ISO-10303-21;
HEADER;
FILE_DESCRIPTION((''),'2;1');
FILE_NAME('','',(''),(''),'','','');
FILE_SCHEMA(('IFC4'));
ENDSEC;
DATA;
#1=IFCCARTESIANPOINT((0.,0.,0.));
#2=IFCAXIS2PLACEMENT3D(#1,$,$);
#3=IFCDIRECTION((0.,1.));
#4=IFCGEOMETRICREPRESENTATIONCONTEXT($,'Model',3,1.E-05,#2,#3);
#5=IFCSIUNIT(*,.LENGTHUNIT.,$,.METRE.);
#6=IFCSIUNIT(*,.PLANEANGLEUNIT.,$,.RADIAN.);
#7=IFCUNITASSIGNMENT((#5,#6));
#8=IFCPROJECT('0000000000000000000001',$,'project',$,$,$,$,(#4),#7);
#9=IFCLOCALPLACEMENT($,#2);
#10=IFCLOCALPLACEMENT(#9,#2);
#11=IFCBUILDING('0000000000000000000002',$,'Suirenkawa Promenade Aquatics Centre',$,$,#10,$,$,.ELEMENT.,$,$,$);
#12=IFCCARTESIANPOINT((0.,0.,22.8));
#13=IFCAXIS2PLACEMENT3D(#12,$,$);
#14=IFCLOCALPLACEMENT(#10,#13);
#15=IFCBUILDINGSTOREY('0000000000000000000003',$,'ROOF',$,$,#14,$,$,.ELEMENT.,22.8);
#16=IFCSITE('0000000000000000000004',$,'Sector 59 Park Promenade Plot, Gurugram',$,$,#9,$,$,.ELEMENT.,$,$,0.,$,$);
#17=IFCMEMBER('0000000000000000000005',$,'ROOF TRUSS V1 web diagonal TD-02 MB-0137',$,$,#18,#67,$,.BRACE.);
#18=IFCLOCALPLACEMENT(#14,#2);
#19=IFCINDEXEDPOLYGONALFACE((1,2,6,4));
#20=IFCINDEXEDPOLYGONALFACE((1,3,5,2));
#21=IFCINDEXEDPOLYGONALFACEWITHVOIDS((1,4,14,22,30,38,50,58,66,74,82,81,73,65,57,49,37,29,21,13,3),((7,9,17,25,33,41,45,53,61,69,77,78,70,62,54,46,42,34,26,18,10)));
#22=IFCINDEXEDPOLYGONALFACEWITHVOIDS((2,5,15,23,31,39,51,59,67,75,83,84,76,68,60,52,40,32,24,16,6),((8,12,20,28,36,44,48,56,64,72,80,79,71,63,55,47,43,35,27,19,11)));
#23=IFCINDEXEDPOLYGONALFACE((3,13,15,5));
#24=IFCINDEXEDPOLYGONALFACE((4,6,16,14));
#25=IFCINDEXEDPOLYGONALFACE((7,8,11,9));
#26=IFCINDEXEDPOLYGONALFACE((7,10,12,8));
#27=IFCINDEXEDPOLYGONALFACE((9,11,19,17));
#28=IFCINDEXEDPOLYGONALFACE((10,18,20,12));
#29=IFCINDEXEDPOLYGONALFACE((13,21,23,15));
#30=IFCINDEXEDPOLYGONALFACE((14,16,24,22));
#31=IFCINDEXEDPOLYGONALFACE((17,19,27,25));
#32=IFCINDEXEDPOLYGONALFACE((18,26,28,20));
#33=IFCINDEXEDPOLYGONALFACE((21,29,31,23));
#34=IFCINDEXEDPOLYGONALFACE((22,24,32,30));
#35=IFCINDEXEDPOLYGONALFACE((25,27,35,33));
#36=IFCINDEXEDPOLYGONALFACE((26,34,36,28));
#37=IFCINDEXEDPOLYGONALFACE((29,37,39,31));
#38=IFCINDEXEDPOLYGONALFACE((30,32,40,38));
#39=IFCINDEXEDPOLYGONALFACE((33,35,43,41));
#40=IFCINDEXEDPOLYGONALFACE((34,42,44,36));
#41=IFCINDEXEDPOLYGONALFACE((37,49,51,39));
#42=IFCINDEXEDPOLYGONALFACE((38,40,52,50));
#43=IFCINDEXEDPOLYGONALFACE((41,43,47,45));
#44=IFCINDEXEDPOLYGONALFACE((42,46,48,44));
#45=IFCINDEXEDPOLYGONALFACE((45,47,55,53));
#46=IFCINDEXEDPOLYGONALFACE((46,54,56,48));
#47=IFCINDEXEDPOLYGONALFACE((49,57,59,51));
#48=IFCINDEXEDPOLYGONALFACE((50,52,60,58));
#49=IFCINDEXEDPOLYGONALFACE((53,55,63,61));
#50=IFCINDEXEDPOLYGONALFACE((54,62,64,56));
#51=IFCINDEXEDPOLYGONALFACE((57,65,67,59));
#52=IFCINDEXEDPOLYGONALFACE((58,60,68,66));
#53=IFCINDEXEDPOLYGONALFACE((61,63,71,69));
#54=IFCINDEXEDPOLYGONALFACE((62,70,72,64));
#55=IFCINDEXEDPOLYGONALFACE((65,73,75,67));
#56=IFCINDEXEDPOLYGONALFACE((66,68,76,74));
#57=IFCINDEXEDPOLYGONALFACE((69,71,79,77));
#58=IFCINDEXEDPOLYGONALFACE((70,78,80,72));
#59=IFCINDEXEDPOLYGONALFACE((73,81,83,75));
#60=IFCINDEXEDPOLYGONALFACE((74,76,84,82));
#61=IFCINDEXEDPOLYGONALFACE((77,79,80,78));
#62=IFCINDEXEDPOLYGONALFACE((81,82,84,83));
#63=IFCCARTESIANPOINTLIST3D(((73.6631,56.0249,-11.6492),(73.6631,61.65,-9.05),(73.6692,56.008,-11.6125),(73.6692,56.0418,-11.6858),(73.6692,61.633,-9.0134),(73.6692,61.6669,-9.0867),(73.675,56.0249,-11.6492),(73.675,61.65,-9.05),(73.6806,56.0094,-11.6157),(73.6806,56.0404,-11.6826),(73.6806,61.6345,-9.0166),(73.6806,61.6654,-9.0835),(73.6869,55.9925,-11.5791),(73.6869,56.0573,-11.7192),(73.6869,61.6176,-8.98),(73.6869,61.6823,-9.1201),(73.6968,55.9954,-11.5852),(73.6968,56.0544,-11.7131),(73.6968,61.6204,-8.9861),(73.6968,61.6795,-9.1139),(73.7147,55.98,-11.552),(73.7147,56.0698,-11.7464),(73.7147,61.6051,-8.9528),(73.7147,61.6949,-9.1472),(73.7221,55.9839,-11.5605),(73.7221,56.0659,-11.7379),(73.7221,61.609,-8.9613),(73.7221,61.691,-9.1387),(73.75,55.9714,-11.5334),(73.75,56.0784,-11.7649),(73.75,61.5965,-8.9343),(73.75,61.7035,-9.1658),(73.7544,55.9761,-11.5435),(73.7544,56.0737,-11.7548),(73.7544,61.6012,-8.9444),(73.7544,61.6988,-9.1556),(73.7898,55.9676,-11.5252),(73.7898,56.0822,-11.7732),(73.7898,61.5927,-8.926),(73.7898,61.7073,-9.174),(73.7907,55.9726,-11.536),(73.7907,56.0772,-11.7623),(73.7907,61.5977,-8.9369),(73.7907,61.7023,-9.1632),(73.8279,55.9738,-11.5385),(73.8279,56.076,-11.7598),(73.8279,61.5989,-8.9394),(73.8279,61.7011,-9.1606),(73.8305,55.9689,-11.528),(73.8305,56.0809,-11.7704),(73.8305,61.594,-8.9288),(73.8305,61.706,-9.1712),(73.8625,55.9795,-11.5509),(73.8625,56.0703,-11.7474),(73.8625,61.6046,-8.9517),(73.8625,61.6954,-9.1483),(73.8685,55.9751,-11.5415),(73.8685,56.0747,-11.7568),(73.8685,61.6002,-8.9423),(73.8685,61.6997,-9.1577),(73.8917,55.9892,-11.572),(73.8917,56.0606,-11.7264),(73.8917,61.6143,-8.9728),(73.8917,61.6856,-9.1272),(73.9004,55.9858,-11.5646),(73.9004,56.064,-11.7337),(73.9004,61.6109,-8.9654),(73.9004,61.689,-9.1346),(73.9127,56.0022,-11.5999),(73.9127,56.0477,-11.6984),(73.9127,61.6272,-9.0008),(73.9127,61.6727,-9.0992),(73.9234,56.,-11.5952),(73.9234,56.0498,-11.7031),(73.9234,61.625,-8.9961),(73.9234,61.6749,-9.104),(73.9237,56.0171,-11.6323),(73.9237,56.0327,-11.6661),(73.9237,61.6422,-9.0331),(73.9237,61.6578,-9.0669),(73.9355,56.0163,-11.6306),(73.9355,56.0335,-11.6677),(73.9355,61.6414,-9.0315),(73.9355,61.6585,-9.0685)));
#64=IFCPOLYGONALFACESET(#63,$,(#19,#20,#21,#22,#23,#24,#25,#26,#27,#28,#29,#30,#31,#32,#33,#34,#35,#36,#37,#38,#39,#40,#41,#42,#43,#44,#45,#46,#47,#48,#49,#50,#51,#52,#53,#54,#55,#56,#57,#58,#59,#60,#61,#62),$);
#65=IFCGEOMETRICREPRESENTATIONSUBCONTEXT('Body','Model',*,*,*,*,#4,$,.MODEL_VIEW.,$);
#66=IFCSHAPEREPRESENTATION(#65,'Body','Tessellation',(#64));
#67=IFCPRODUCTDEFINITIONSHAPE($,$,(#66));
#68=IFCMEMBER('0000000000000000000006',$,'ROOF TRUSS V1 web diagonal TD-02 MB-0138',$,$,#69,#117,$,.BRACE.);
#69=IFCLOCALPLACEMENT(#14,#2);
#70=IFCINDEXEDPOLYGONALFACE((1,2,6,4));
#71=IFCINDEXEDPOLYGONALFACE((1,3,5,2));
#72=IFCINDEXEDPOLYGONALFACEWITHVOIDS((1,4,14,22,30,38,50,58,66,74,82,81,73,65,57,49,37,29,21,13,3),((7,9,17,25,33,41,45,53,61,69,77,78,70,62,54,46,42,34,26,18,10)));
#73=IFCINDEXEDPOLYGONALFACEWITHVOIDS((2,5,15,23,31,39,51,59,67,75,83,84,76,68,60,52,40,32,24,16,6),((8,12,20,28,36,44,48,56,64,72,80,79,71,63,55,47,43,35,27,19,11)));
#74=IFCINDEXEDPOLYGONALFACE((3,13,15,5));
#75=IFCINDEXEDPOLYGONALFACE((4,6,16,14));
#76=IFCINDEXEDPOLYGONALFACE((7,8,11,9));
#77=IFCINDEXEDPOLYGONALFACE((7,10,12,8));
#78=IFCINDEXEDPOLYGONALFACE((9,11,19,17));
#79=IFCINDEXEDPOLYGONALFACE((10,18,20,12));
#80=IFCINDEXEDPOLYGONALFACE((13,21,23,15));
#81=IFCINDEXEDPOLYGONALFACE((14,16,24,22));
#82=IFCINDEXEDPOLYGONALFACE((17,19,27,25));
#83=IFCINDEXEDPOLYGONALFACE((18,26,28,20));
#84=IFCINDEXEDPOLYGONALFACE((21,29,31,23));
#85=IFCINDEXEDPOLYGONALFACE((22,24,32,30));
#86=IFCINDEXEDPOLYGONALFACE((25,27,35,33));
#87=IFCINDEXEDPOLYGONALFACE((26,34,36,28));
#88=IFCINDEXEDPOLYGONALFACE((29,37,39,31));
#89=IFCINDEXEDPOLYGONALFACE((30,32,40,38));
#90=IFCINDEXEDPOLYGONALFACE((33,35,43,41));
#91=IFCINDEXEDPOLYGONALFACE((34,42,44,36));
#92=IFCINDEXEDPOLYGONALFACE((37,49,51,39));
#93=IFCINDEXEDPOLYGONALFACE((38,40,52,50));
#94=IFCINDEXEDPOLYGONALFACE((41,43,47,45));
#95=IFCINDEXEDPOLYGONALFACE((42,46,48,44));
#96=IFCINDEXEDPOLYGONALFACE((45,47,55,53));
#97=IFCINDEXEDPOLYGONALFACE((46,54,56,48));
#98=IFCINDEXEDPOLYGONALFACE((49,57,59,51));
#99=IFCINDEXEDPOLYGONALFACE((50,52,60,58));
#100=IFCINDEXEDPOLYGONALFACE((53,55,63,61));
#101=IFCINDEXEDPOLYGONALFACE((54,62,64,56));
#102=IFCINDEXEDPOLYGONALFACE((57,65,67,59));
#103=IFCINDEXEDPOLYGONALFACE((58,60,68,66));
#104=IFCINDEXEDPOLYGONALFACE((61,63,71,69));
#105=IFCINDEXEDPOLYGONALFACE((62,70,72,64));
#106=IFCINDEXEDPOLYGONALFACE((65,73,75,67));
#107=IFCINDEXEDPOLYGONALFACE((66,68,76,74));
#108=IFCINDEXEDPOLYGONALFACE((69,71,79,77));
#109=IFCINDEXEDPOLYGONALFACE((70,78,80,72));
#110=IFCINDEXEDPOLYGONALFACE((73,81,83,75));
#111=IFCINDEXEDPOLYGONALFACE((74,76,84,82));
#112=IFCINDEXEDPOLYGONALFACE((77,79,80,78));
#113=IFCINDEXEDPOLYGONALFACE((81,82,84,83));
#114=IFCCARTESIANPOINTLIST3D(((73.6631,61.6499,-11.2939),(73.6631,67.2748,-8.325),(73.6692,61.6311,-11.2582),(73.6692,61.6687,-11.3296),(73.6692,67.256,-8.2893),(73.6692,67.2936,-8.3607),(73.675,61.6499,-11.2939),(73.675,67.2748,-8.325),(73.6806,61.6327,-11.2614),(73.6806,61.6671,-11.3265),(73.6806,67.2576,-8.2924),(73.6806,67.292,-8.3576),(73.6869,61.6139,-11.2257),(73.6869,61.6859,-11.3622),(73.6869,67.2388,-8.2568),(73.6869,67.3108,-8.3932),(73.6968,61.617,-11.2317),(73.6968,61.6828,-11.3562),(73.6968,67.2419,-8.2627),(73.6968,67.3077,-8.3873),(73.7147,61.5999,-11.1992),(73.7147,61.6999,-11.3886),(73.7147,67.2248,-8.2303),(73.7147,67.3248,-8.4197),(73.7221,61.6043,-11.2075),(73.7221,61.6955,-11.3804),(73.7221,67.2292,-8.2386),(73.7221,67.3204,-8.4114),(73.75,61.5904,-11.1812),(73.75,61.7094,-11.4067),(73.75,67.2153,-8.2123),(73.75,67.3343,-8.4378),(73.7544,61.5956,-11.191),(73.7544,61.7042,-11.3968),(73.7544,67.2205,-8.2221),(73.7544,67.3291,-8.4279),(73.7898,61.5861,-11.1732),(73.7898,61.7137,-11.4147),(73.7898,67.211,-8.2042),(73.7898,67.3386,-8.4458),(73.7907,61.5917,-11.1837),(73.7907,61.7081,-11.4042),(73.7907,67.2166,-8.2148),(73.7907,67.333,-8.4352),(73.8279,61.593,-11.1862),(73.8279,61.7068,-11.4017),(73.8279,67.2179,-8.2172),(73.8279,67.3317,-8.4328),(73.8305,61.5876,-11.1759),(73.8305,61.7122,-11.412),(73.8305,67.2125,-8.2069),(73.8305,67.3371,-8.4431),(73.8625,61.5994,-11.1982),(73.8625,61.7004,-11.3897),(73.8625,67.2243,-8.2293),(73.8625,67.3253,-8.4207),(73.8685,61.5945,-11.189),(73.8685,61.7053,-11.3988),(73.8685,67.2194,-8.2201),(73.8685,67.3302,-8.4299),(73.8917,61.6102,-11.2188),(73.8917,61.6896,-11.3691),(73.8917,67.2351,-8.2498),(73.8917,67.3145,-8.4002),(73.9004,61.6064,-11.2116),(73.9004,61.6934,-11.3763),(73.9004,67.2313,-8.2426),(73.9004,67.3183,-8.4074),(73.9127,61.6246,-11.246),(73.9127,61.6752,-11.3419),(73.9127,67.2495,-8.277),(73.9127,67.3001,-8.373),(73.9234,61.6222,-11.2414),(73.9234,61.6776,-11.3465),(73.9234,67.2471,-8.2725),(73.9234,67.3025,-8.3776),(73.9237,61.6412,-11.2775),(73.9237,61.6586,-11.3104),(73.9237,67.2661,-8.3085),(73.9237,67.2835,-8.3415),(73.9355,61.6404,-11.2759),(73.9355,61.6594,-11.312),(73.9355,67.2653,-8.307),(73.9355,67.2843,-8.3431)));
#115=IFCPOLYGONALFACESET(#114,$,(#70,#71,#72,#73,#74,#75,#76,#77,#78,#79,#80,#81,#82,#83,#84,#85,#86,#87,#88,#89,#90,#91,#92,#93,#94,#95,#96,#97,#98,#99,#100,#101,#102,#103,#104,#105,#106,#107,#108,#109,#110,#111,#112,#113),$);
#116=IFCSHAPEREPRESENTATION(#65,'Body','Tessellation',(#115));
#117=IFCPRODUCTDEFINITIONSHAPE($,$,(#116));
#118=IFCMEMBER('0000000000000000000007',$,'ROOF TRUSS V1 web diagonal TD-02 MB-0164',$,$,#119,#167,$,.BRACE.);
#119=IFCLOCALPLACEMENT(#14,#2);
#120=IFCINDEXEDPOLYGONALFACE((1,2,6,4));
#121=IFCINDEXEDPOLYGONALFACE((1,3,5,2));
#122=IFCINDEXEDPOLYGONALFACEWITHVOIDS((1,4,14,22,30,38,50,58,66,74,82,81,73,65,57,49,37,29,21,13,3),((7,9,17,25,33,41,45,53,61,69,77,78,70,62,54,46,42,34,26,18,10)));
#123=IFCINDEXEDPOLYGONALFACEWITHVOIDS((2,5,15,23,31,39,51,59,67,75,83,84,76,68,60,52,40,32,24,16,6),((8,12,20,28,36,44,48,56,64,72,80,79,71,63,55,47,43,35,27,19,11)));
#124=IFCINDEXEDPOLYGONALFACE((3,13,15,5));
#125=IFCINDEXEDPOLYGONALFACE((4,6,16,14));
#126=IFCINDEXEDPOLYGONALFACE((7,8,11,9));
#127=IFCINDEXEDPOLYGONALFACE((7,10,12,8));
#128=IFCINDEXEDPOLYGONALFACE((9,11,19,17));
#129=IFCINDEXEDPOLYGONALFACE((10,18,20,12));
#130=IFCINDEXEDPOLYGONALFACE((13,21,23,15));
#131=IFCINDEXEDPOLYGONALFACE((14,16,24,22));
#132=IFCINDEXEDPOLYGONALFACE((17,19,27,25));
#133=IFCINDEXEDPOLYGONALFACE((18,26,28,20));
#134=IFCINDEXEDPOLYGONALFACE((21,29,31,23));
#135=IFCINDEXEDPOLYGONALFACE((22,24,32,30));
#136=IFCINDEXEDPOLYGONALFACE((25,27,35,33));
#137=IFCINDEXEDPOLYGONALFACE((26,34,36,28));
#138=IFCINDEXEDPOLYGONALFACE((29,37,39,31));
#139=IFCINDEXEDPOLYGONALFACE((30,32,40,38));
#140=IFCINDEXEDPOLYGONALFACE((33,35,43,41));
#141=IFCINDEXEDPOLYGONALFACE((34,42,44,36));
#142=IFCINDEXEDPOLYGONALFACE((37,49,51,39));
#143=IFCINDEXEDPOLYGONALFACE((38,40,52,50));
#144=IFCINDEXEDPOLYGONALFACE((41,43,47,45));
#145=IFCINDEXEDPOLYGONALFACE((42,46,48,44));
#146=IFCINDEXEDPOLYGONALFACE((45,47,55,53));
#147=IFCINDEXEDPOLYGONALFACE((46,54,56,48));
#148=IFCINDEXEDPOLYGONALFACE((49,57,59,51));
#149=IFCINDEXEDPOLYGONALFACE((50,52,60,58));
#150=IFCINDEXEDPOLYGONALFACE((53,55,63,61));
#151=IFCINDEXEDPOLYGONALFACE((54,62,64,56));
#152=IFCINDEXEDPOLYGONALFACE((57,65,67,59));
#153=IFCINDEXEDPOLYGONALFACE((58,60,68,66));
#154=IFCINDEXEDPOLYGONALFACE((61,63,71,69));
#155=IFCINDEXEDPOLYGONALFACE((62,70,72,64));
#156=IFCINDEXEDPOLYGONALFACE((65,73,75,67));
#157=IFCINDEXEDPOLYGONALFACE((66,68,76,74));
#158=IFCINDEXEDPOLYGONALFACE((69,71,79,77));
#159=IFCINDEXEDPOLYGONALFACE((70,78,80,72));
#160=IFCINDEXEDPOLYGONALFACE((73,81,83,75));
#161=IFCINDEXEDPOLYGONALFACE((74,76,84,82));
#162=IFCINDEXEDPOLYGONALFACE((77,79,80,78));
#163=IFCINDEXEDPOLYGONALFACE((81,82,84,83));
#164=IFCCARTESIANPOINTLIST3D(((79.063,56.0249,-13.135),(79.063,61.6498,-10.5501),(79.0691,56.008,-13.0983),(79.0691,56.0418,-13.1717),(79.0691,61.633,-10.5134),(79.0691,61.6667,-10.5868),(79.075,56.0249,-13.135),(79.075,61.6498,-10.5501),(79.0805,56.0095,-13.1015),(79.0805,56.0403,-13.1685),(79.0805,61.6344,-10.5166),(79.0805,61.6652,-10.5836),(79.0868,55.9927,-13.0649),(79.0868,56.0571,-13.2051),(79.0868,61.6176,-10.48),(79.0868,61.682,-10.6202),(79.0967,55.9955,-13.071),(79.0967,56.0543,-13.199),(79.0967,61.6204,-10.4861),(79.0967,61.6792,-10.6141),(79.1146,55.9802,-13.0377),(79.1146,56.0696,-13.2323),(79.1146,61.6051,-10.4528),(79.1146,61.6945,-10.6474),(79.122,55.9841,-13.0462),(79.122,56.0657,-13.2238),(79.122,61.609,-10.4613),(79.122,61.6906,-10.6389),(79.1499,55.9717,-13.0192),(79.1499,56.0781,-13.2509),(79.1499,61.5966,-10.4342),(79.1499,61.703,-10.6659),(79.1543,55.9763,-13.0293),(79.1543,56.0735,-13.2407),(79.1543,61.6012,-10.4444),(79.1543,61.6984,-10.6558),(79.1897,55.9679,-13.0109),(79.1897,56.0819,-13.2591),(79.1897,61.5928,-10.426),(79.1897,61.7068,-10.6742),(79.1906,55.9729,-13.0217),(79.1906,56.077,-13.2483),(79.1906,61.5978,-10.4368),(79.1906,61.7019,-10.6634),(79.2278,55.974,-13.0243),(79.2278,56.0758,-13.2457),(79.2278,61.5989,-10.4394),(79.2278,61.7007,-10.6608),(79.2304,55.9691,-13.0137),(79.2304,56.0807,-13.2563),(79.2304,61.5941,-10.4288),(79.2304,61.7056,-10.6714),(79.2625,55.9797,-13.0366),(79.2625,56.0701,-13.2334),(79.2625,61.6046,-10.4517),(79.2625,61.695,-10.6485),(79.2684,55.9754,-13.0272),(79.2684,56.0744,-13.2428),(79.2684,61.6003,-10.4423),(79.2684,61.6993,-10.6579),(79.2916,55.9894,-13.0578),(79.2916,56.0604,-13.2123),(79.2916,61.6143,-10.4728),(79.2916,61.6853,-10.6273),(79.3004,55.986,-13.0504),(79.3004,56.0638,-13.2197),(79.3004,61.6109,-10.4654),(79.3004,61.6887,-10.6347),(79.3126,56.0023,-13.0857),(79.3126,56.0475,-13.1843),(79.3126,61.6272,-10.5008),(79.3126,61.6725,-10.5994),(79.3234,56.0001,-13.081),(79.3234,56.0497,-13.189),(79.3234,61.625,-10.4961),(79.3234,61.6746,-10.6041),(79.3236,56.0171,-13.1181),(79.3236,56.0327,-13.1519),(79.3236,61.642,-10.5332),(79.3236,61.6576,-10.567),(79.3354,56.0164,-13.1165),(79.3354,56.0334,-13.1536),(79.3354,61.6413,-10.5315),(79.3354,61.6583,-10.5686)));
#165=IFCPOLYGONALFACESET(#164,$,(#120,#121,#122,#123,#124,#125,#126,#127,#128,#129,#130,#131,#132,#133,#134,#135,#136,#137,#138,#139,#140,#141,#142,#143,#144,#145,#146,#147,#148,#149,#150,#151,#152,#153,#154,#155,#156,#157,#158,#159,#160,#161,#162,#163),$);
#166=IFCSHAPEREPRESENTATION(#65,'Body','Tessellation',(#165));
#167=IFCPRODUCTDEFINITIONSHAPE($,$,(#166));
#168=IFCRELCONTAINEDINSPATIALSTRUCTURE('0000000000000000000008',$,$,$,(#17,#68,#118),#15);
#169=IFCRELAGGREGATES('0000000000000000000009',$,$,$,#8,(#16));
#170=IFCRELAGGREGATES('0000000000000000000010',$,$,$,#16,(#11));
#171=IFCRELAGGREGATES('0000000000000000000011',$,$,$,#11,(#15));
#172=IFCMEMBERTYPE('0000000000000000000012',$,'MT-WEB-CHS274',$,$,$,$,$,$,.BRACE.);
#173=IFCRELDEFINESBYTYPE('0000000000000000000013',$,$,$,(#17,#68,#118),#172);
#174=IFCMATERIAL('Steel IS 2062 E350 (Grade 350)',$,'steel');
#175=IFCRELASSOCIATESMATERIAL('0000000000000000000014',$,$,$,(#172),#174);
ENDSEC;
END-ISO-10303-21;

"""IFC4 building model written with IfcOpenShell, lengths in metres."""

from ifc_helpers import new_model, si_unit, direction, frame, origin, origin_2d, place, context, subcontext, project, spatial, hollow_circle, extrude, material, material_profile, profile_set, type_object, element, save


model = new_model("IFC4")

# Units and contexts
model_context = context("Model", 3, precision=1e-05, world=origin(), true_north=direction((0.0, 1.0)))
body_context = subcontext(model_context, "Body", "Model", "MODEL_VIEW")
ifc_project = project(units=[si_unit("LENGTHUNIT", "METRE"), si_unit("PLANEANGLEUNIT", "RADIAN")], contexts=[model_context])

# Site, building, storey
site_placement = place(None, origin())
site = spatial("IfcSite", under=ifc_project, at=site_placement, Name="Sector 59 Park Promenade Plot, Gurugram", CompositionType="ELEMENT", RefElevation=0.0)
building_placement = place(site_placement, origin())
building = spatial("IfcBuilding", under=site, at=building_placement, Name="Suirenkawa Promenade Aquatics Centre", CompositionType="ELEMENT")
storey_placement = place(building_placement, frame((0.0, 0.0, 22.8)))
storey = spatial("IfcBuildingStorey", under=building, at=storey_placement, Name="ROOF", CompositionType="ELEMENT", Elevation=22.8)

# Shared definitions
ifc_material = material(Name="Steel IS 2062 E350 (Grade 350)", Category="steel")

# Members
ifc_material_profile_1 = material_profile(ifc_material, hollow_circle(Radius=0.137, WallThickness=0.012, at=origin_2d()), Name="CHS 274x12", Category="steel")
ifc_profile_set_1 = profile_set([ifc_material_profile_1], Name="Steel IS 2062 E350 (Grade 350)")
member_type_1 = type_object("IfcMemberType", Name="MT-WEB-CHS274", PredefinedType="BRACE", material=ifc_profile_set_1)
member_1_placement = place(storey_placement, frame((73.8, 56.0249, -11.6492), z_axis=(0.0, 0.907777, 0.419453), x_axis=(-1.0, 0.0, 0.0)))
element("IfcMember", 1, at=member_1_placement, inside=storey, type_object=member_type_1, Name="ROOF TRUSS V1 web diagonal TD-02 MB-0137", PredefinedType="BRACE", context=body_context, shape_type="SweptSolid", body=[
    extrude(hollow_circle(Radius=0.137, WallThickness=0.012, at=origin_2d()), origin(), (0.0, 0.0, 1.0), 6.1965),
])
member_2_placement = place(storey_placement, frame((73.8, 61.6499, -11.2939), z_axis=(0.0, 0.884369, 0.466789), x_axis=(-1.0, 0.0, 0.0)))
element("IfcMember", 2, at=member_2_placement, inside=storey, type_object=member_type_1, Name="ROOF TRUSS V1 web diagonal TD-02 MB-0138", PredefinedType="BRACE", context=body_context, shape_type="SweptSolid", body=[
    extrude(hollow_circle(Radius=0.137, WallThickness=0.012, at=origin_2d()), origin(), (0.0, 0.0, 1.0), 6.3604),
])
member_3_placement = place(storey_placement, frame((79.2, 56.0249, -13.135), z_axis=(0.0, 0.908646, 0.417567), x_axis=(-1.0, 0.0, 0.0)))
element("IfcMember", 3, at=member_3_placement, inside=storey, type_object=member_type_1, Name="ROOF TRUSS V1 web diagonal TD-02 MB-0164", PredefinedType="BRACE", context=body_context, shape_type="SweptSolid", body=[
    extrude(hollow_circle(Radius=0.137, WallThickness=0.012, at=origin_2d()), origin(), (0.0, 0.0, 1.0), 6.1904),
])

save(model, "model.ifc")
